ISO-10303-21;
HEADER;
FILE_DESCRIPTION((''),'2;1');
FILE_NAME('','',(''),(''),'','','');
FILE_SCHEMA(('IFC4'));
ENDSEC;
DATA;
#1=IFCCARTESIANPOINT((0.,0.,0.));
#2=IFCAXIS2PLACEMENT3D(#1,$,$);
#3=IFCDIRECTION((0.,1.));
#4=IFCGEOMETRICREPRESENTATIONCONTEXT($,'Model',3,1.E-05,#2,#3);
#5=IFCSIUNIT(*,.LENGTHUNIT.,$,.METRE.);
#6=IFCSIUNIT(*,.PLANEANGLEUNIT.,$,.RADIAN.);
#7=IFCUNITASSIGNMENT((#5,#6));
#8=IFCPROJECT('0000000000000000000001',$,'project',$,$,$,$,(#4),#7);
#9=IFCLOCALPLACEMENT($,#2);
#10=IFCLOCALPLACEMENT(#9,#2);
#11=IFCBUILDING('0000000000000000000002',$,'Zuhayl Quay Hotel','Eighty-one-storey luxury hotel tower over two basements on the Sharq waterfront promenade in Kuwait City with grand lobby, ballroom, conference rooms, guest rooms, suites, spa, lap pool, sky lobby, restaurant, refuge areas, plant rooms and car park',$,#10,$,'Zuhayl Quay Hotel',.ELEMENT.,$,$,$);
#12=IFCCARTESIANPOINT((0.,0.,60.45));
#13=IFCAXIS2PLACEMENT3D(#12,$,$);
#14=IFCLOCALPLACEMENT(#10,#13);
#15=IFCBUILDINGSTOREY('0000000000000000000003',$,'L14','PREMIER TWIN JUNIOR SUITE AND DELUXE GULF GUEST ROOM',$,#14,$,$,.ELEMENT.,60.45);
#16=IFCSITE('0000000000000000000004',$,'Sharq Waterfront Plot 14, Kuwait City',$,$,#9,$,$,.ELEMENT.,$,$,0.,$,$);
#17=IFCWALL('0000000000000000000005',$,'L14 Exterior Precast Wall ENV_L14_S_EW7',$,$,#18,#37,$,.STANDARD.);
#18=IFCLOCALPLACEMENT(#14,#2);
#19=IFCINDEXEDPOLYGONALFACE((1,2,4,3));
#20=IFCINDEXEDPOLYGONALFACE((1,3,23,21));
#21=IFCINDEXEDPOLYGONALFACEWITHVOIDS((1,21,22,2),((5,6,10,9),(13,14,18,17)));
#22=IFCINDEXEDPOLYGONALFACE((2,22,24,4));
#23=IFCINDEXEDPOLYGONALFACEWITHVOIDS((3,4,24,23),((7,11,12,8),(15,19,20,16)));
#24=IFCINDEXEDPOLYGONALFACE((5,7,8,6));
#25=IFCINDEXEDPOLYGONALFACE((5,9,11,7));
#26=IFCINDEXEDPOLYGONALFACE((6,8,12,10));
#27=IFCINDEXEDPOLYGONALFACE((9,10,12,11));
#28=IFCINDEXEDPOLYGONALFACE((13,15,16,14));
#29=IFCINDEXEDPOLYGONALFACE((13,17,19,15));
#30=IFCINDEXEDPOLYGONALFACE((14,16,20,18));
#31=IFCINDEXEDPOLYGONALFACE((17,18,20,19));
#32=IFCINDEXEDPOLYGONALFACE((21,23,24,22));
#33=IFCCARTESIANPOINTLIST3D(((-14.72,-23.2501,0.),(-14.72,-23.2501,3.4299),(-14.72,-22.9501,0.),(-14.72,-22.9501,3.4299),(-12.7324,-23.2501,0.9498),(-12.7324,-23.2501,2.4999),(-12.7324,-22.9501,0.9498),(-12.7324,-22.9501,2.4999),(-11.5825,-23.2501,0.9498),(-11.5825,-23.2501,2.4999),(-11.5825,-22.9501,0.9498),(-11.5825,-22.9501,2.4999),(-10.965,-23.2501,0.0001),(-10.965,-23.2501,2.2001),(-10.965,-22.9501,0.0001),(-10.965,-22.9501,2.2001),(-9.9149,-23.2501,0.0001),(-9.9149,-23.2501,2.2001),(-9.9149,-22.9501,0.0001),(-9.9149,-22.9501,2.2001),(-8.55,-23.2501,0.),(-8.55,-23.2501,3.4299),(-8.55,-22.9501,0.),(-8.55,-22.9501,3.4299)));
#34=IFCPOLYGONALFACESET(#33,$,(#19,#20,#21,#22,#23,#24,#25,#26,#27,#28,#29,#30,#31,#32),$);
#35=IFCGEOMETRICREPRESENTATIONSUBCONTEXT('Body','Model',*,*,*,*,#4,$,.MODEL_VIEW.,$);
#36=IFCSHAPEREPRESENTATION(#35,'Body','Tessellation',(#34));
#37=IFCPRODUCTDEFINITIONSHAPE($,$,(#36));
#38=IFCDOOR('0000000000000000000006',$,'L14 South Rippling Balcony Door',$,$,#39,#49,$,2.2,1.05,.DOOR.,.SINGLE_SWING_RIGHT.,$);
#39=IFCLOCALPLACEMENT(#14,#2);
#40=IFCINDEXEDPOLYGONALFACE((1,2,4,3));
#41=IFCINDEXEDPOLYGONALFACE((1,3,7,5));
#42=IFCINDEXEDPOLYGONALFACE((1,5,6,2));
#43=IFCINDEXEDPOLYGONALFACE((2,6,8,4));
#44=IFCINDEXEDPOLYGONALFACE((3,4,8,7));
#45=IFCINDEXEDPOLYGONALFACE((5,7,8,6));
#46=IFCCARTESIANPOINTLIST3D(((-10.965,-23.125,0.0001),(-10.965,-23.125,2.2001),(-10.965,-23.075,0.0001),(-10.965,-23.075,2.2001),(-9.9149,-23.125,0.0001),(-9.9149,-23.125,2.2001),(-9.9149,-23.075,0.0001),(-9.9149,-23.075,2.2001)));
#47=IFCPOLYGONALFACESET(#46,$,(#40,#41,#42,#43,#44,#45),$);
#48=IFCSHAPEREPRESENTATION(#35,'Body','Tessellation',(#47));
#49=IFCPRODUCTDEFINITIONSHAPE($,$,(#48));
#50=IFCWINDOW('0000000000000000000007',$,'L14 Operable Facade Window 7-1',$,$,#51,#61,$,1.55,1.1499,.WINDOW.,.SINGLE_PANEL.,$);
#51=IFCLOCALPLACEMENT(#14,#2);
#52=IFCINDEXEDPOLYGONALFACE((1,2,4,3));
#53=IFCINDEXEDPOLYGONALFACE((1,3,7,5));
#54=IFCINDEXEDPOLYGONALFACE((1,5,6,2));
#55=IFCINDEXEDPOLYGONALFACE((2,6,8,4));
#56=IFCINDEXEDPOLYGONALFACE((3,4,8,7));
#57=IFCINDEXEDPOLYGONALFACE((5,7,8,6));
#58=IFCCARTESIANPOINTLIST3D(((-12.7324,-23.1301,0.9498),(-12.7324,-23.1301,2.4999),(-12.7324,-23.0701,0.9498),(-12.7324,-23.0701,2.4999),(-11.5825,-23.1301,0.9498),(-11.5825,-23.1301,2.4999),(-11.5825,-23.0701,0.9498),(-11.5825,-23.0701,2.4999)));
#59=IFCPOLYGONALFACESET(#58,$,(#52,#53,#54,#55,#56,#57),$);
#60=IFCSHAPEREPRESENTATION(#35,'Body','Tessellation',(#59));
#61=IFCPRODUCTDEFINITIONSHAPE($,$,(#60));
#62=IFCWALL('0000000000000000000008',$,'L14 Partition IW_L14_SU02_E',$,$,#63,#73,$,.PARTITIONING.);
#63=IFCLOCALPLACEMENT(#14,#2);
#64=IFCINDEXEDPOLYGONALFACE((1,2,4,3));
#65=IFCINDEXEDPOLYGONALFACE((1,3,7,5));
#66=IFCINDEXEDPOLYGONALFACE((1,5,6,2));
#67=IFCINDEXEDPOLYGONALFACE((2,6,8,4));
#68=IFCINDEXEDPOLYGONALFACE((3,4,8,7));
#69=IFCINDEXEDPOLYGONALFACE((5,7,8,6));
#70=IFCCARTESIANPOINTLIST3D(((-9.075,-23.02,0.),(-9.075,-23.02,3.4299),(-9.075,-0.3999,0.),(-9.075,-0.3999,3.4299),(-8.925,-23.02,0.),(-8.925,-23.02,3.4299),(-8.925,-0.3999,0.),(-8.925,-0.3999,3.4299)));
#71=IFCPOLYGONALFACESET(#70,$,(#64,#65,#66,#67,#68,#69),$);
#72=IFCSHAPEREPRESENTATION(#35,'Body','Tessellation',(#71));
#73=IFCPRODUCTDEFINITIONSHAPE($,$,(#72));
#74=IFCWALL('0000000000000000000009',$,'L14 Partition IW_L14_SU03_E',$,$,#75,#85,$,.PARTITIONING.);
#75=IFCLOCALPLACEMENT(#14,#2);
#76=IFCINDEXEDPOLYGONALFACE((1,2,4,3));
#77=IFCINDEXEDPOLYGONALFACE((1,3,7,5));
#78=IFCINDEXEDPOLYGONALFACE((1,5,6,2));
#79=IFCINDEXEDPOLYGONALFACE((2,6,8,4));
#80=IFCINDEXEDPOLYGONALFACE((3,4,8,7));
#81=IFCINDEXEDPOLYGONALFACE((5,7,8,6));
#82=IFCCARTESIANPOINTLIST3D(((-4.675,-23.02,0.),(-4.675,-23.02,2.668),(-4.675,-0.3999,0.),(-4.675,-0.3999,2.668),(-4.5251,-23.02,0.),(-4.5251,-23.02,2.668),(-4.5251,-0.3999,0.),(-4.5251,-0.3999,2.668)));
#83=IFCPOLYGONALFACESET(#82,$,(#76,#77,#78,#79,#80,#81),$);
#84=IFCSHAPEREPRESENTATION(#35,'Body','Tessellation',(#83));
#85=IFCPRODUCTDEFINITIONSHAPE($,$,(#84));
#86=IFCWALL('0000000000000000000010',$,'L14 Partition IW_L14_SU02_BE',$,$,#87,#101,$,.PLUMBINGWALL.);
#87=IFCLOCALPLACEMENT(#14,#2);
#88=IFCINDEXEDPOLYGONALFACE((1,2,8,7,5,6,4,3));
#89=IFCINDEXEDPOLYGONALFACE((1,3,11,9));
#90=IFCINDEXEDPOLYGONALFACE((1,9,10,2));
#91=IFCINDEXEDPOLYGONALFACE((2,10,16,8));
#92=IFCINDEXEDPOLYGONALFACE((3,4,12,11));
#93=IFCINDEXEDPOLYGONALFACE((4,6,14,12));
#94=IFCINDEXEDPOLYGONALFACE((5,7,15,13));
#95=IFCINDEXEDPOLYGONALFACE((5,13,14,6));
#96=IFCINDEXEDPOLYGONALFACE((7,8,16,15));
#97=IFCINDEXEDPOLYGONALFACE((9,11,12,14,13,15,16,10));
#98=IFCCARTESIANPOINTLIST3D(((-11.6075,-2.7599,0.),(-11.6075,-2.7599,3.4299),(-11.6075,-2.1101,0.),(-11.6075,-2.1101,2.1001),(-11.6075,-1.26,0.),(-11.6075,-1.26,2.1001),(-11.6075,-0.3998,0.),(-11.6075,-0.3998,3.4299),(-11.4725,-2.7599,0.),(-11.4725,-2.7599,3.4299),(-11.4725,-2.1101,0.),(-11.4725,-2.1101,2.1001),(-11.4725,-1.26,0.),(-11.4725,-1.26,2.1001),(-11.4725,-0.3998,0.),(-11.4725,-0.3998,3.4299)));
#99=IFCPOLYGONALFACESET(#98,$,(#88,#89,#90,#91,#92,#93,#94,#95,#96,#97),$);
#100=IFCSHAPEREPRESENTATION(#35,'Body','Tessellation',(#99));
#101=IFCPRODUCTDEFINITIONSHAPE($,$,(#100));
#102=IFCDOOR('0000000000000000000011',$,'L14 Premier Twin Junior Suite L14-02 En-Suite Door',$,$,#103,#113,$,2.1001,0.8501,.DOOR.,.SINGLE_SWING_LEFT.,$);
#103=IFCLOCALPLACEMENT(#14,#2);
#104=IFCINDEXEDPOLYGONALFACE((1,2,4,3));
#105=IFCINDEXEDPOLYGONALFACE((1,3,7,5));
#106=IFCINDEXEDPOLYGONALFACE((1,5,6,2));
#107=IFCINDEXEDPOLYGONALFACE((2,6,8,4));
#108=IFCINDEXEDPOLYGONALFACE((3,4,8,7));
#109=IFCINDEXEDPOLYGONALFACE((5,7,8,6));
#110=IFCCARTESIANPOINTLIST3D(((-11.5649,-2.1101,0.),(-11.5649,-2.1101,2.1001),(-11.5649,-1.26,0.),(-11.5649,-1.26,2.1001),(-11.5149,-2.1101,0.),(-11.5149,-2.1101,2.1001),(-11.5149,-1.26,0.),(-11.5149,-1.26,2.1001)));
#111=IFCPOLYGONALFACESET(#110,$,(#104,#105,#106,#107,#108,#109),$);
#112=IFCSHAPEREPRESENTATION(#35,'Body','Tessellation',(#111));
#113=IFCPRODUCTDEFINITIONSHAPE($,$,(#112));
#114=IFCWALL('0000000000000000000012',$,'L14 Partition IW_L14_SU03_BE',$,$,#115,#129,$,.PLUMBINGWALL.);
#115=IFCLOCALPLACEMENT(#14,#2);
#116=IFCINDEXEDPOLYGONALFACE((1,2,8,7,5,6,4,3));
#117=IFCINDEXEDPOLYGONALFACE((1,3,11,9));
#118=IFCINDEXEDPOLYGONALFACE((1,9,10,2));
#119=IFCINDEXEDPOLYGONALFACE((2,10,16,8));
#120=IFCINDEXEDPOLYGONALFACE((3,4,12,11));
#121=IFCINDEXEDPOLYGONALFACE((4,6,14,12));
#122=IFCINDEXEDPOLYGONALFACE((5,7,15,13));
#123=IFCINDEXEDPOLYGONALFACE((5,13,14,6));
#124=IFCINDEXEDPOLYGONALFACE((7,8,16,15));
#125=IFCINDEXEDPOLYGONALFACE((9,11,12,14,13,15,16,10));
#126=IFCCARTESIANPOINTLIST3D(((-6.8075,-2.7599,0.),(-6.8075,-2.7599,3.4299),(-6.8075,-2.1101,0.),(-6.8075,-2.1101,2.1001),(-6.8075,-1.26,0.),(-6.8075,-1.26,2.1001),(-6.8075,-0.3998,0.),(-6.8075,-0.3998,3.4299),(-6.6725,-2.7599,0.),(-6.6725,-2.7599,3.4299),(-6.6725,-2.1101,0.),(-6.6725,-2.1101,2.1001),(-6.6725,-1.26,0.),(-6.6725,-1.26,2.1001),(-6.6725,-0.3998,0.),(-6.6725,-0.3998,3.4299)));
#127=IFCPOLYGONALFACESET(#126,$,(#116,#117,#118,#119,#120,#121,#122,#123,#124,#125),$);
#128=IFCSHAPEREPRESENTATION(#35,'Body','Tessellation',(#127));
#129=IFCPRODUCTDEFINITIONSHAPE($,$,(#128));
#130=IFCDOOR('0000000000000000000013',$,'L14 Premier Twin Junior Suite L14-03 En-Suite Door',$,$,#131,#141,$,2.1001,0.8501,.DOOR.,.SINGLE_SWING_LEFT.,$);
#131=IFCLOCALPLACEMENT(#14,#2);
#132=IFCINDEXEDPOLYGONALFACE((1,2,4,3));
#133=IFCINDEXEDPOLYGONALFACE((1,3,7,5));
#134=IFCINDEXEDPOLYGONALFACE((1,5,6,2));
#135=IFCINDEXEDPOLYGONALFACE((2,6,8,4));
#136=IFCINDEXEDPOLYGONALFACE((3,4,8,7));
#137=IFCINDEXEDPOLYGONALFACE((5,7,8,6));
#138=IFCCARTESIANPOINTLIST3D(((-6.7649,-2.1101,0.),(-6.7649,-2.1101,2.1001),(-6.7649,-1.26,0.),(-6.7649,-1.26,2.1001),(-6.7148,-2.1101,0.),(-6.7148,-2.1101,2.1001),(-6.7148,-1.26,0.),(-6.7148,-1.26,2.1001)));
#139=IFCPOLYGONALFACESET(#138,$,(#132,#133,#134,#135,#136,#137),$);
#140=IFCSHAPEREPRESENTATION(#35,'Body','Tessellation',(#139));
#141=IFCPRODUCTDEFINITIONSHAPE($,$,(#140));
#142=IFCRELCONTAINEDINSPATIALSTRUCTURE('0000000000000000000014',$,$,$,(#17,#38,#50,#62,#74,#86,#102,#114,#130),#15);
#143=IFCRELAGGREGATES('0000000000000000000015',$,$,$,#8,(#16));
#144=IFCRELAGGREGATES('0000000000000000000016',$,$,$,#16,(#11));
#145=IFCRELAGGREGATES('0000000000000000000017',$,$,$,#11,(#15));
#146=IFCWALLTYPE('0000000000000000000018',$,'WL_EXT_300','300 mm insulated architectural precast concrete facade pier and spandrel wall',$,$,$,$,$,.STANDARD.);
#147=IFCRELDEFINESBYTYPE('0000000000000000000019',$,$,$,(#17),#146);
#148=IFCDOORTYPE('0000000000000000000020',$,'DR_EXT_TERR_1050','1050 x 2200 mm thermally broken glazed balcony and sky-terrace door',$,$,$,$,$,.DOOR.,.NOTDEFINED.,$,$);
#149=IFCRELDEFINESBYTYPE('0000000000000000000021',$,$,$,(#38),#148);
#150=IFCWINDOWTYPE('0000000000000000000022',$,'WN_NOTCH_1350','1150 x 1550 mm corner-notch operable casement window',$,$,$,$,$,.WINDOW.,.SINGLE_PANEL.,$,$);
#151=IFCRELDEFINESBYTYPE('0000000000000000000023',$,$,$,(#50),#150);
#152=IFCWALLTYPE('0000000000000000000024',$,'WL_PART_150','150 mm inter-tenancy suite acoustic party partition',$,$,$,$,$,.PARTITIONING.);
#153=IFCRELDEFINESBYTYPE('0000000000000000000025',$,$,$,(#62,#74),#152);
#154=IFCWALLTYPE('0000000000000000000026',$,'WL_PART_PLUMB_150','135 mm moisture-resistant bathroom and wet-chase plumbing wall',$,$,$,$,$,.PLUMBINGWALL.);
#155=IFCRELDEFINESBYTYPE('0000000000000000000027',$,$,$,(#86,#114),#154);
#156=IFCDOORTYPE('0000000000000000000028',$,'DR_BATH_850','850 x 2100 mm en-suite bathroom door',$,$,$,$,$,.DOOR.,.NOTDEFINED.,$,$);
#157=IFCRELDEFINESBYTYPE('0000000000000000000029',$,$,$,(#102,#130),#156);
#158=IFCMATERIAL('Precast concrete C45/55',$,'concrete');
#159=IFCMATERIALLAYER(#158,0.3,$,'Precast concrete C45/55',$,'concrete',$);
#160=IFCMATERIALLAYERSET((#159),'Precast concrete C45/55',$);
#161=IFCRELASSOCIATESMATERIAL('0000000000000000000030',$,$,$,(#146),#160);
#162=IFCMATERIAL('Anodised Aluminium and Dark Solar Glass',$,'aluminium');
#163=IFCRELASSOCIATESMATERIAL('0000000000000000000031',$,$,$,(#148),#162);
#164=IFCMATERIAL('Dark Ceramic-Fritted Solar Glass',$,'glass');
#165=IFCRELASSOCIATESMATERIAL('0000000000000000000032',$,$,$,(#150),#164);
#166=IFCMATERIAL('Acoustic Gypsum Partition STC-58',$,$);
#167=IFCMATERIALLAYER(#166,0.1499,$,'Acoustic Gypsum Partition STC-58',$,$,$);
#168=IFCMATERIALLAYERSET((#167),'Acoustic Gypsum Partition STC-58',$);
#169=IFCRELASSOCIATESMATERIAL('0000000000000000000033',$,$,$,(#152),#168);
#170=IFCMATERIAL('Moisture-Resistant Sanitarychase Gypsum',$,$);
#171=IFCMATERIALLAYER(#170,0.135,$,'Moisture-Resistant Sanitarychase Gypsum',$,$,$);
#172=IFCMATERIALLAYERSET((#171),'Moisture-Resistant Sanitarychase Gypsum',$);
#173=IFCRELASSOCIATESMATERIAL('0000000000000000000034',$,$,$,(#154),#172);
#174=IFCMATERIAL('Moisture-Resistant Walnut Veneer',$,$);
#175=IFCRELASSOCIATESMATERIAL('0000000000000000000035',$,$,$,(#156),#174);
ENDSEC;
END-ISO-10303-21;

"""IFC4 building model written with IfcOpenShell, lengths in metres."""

from ifc_helpers import new_model, si_unit, direction, frame, frame_2d, origin, place, context, subcontext, project, spatial, rectangle, extrude, material, layer, layer_set, type_object, element, fill, save


model = new_model("IFC4")

# Units and contexts
model_context = context("Model", 3, precision=1e-05, world=origin(), true_north=direction((0.0, 1.0)))
body_context = subcontext(model_context, "Body", "Model", "MODEL_VIEW")
ifc_project = project(units=[si_unit("LENGTHUNIT", "METRE"), si_unit("PLANEANGLEUNIT", "RADIAN")], contexts=[model_context])

# Site, building, storey
site_placement = place(None, origin())
site = spatial("IfcSite", under=ifc_project, at=site_placement, Name="Sharq Waterfront Plot 14, Kuwait City", CompositionType="ELEMENT", RefElevation=0.0)
building_placement = place(site_placement, origin())
building = spatial("IfcBuilding", under=site, at=building_placement, Name="Zuhayl Quay Hotel", Description="Eighty-one-storey luxury hotel tower over two basements on the Sharq waterfront promenade in Kuwait City with grand lobby, ballroom, conference rooms, guest rooms, suites, spa, lap pool, sky lobby, restaurant, refuge areas, plant rooms and car park", LongName="Zuhayl Quay Hotel", CompositionType="ELEMENT")
storey_placement = place(building_placement, frame((0.0, 0.0, 60.45)))
storey = spatial("IfcBuildingStorey", under=building, at=storey_placement, Name="L14", Description="PREMIER TWIN JUNIOR SUITE AND DELUXE GULF GUEST ROOM", CompositionType="ELEMENT", Elevation=60.45)

# Shared definitions
ifc_material_1 = material(Name="Dark Ceramic-Fritted Solar Glass", Category="glass")

# Shared definitions
ifc_material_2 = material(Name="Precast concrete C45/55", Category="concrete")
ifc_layer_1 = layer(ifc_material_2, 0.3, Name="Precast concrete C45/55", Category="concrete")
ifc_layer_set_1 = layer_set([ifc_layer_1], Name="Precast concrete C45/55")
wall_type_1 = type_object("IfcWallType", Name="WL_EXT_300", Description="300 mm insulated architectural precast concrete facade pier and spandrel wall", PredefinedType="STANDARD", material=ifc_layer_set_1)

# Wall, openings, door, window
wall_1_placement = place(storey_placement, frame((-8.55, -23.1001, 0.0), z_axis=(0.0, 0.0, 1.0), x_axis=(-1.0, 0.0, 0.0)))
wall_1 = element("IfcWall", 1, at=wall_1_placement, inside=storey, type_object=wall_type_1, Name="L14 Exterior Precast Wall ENV_L14_S_EW7", PredefinedType="STANDARD", context=body_context, shape_type="SweptSolid", body=[
    extrude(rectangle(XDim=6.1699, YDim=0.3, at=frame_2d((3.085, 0.0))), origin(), (0.0, 0.0, 1.0), 3.4299),
])
opening_1_placement = place(wall_1_placement, frame((1.365, 0.0, 0.0)))
opening_1 = element("IfcOpeningElement", 2, at=opening_1_placement, cuts=wall_1, PredefinedType="OPENING", context=body_context, shape_type="SweptSolid", body=[
    extrude(rectangle(XDim=1.05, YDim=2.2, at=frame_2d((0.5249, 1.1001))), frame((0.0, 0.1599, 0.0), z_axis=(0.0, -1.0, 0.0), x_axis=(1.0, 0.0, 0.0)), (0.0, 0.0, 1.0), 0.3201),
])
opening_2_placement = place(wall_1_placement, frame((3.0325, 0.0, 0.95)))
opening_2 = element("IfcOpeningElement", 3, at=opening_2_placement, cuts=wall_1, PredefinedType="OPENING", context=body_context, shape_type="SweptSolid", body=[
    extrude(rectangle(XDim=1.1499, YDim=1.55, at=frame_2d((0.575, 0.7749))), frame((0.0, 0.1599, 0.0), z_axis=(0.0, -1.0, 0.0), x_axis=(1.0, 0.0, 0.0)), (0.0, 0.0, 1.0), 0.3201),
])
ifc_material_3 = material(Name="Anodised Aluminium and Dark Solar Glass", Category="aluminium")
door_type_1 = type_object("IfcDoorType", Name="DR_EXT_TERR_1050", Description="1050 x 2200 mm thermally broken glazed balcony and sky-terrace door", OperationType="NOTDEFINED", PredefinedType="DOOR", material=ifc_material_3)
door_1_placement = place(opening_1_placement, origin())
door_1 = element("IfcDoor", 4, at=door_1_placement, inside=storey, type_object=door_type_1, Name="L14 South Rippling Balcony Door", OperationType="SINGLE_SWING_RIGHT", OverallHeight=2.2, OverallWidth=1.05, PredefinedType="DOOR", context=body_context, shape_type="SweptSolid", body=[
    extrude(rectangle(XDim=1.05, YDim=2.2, at=frame_2d((0.5249, 1.1001))), frame((0.0, 0.0249, 0.0), z_axis=(0.0, -1.0, 0.0), x_axis=(1.0, 0.0, 0.0)), (0.0, 0.0, 1.0), 0.05),
])
fill(opening_1, door_1)
window_type = type_object("IfcWindowType", Name="WN_NOTCH_1350", Description="1150 x 1550 mm corner-notch operable casement window", PartitioningType="SINGLE_PANEL", PredefinedType="WINDOW", material=ifc_material_1)
window_placement = place(opening_2_placement, origin())
window = element("IfcWindow", 5, at=window_placement, inside=storey, type_object=window_type, Name="L14 Operable Facade Window 7-1", OverallHeight=1.55, OverallWidth=1.1499, PartitioningType="SINGLE_PANEL", PredefinedType="WINDOW", context=body_context, shape_type="SweptSolid", body=[
    extrude(rectangle(XDim=1.1499, YDim=1.55, at=frame_2d((0.575, 0.7749))), frame((0.0, 0.03, 0.0), z_axis=(0.0, -1.0, 0.0), x_axis=(1.0, 0.0, 0.0)), (0.0, 0.0, 1.0), 0.0601),
])
fill(opening_2, window)

# Walls
ifc_material_4 = material(Name="Acoustic Gypsum Partition STC-58")
ifc_layer_2 = layer(ifc_material_4, 0.1499, Name="Acoustic Gypsum Partition STC-58")
ifc_layer_set_2 = layer_set([ifc_layer_2], Name="Acoustic Gypsum Partition STC-58")
wall_type_2 = type_object("IfcWallType", Name="WL_PART_150", Description="150 mm inter-tenancy suite acoustic party partition", PredefinedType="PARTITIONING", material=ifc_layer_set_2)
wall_2_placement = place(storey_placement, frame((-9.0, -23.02, 0.0), z_axis=(0.0, 0.0, 1.0), x_axis=(0.0, 1.0, 0.0)))
element("IfcWall", 6, at=wall_2_placement, inside=storey, type_object=wall_type_2, Name="L14 Partition IW_L14_SU02_E", PredefinedType="PARTITIONING", context=body_context, shape_type="SweptSolid", body=[
    extrude(rectangle(XDim=22.6201, YDim=0.1499, at=frame_2d((11.3101, 0.0))), origin(), (0.0, 0.0, 1.0), 3.4299),
])
wall_3_placement = place(storey_placement, frame((-4.6001, -23.02, 0.0), z_axis=(0.0, 0.0, 1.0), x_axis=(0.0, 1.0, 0.0)))
element("IfcWall", 7, at=wall_3_placement, inside=storey, type_object=wall_type_2, Name="L14 Partition IW_L14_SU03_E", PredefinedType="PARTITIONING", context=body_context, shape_type="SweptSolid", body=[
    extrude(rectangle(XDim=22.6201, YDim=0.1499, at=frame_2d((11.3101, 0.0))), origin(), (0.0, 0.0, 1.0), 2.668),
])

# Walls, openings, doors
ifc_material_5 = material(Name="Moisture-Resistant Sanitarychase Gypsum")
ifc_layer_3 = layer(ifc_material_5, 0.135, Name="Moisture-Resistant Sanitarychase Gypsum")
ifc_layer_set_3 = layer_set([ifc_layer_3], Name="Moisture-Resistant Sanitarychase Gypsum")
wall_type_3 = type_object("IfcWallType", Name="WL_PART_PLUMB_150", Description="135 mm moisture-resistant bathroom and wet-chase plumbing wall", PredefinedType="PLUMBINGWALL", material=ifc_layer_set_3)
wall_4_placement = place(storey_placement, frame((-11.54, -2.76, 0.0), z_axis=(0.0, 0.0, 1.0), x_axis=(0.0, 1.0, 0.0)))
wall_4 = element("IfcWall", 8, at=wall_4_placement, inside=storey, type_object=wall_type_3, Name="L14 Partition IW_L14_SU02_BE", PredefinedType="PLUMBINGWALL", context=body_context, shape_type="SweptSolid", body=[
    extrude(rectangle(XDim=2.3601, YDim=0.135, at=frame_2d((1.1802, 0.0))), origin(), (0.0, 0.0, 1.0), 3.4299),
])
opening_3_placement = place(wall_4_placement, frame((0.6499, 0.0, 0.0)))
opening_3 = element("IfcOpeningElement", 9, at=opening_3_placement, cuts=wall_4, PredefinedType="OPENING", context=body_context, shape_type="SweptSolid", body=[
    extrude(rectangle(XDim=0.8501, YDim=2.1001, at=frame_2d((0.425, 1.05))), frame((0.0, 0.0774, 0.0), z_axis=(0.0, -1.0, 0.0), x_axis=(1.0, 0.0, 0.0)), (0.0, 0.0, 1.0), 0.155),
])
ifc_material_6 = material(Name="Moisture-Resistant Walnut Veneer")
door_type_2 = type_object("IfcDoorType", Name="DR_BATH_850", Description="850 x 2100 mm en-suite bathroom door", OperationType="NOTDEFINED", PredefinedType="DOOR", material=ifc_material_6)
door_2_placement = place(opening_3_placement, origin())
door_2 = element("IfcDoor", 10, at=door_2_placement, inside=storey, type_object=door_type_2, Name="L14 Premier Twin Junior Suite L14-02 En-Suite Door", OperationType="SINGLE_SWING_LEFT", OverallHeight=2.1001, OverallWidth=0.8501, PredefinedType="DOOR", context=body_context, shape_type="SweptSolid", body=[
    extrude(rectangle(XDim=0.8501, YDim=2.1001, at=frame_2d((0.425, 1.05))), frame((0.0, 0.0249, 0.0), z_axis=(0.0, -1.0, 0.0), x_axis=(1.0, 0.0, 0.0)), (0.0, 0.0, 1.0), 0.05),
])
fill(opening_3, door_2)
wall_5_placement = place(storey_placement, frame((-6.74, -2.76, 0.0), z_axis=(0.0, 0.0, 1.0), x_axis=(0.0, 1.0, 0.0)))
wall_5 = element("IfcWall", 11, at=wall_5_placement, inside=storey, type_object=wall_type_3, Name="L14 Partition IW_L14_SU03_BE", PredefinedType="PLUMBINGWALL", context=body_context, shape_type="SweptSolid", body=[
    extrude(rectangle(XDim=2.3601, YDim=0.135, at=frame_2d((1.1802, 0.0))), origin(), (0.0, 0.0, 1.0), 3.4299),
])
opening_4_placement = place(wall_5_placement, frame((0.6499, 0.0, 0.0)))
opening_4 = element("IfcOpeningElement", 12, at=opening_4_placement, cuts=wall_5, PredefinedType="OPENING", context=body_context, shape_type="SweptSolid", body=[
    extrude(rectangle(XDim=0.8501, YDim=2.1001, at=frame_2d((0.425, 1.05))), frame((0.0, 0.0774, 0.0), z_axis=(0.0, -1.0, 0.0), x_axis=(1.0, 0.0, 0.0)), (0.0, 0.0, 1.0), 0.155),
])
door_3_placement = place(opening_4_placement, origin())
door_3 = element("IfcDoor", 13, at=door_3_placement, inside=storey, type_object=door_type_2, Name="L14 Premier Twin Junior Suite L14-03 En-Suite Door", OperationType="SINGLE_SWING_LEFT", OverallHeight=2.1001, OverallWidth=0.8501, PredefinedType="DOOR", context=body_context, shape_type="SweptSolid", body=[
    extrude(rectangle(XDim=0.8501, YDim=2.1001, at=frame_2d((0.425, 1.05))), frame((0.0, 0.0249, 0.0), z_axis=(0.0, -1.0, 0.0), x_axis=(1.0, 0.0, 0.0)), (0.0, 0.0, 1.0), 0.05),
])
fill(opening_4, door_3)

save(model, "model.ifc")
